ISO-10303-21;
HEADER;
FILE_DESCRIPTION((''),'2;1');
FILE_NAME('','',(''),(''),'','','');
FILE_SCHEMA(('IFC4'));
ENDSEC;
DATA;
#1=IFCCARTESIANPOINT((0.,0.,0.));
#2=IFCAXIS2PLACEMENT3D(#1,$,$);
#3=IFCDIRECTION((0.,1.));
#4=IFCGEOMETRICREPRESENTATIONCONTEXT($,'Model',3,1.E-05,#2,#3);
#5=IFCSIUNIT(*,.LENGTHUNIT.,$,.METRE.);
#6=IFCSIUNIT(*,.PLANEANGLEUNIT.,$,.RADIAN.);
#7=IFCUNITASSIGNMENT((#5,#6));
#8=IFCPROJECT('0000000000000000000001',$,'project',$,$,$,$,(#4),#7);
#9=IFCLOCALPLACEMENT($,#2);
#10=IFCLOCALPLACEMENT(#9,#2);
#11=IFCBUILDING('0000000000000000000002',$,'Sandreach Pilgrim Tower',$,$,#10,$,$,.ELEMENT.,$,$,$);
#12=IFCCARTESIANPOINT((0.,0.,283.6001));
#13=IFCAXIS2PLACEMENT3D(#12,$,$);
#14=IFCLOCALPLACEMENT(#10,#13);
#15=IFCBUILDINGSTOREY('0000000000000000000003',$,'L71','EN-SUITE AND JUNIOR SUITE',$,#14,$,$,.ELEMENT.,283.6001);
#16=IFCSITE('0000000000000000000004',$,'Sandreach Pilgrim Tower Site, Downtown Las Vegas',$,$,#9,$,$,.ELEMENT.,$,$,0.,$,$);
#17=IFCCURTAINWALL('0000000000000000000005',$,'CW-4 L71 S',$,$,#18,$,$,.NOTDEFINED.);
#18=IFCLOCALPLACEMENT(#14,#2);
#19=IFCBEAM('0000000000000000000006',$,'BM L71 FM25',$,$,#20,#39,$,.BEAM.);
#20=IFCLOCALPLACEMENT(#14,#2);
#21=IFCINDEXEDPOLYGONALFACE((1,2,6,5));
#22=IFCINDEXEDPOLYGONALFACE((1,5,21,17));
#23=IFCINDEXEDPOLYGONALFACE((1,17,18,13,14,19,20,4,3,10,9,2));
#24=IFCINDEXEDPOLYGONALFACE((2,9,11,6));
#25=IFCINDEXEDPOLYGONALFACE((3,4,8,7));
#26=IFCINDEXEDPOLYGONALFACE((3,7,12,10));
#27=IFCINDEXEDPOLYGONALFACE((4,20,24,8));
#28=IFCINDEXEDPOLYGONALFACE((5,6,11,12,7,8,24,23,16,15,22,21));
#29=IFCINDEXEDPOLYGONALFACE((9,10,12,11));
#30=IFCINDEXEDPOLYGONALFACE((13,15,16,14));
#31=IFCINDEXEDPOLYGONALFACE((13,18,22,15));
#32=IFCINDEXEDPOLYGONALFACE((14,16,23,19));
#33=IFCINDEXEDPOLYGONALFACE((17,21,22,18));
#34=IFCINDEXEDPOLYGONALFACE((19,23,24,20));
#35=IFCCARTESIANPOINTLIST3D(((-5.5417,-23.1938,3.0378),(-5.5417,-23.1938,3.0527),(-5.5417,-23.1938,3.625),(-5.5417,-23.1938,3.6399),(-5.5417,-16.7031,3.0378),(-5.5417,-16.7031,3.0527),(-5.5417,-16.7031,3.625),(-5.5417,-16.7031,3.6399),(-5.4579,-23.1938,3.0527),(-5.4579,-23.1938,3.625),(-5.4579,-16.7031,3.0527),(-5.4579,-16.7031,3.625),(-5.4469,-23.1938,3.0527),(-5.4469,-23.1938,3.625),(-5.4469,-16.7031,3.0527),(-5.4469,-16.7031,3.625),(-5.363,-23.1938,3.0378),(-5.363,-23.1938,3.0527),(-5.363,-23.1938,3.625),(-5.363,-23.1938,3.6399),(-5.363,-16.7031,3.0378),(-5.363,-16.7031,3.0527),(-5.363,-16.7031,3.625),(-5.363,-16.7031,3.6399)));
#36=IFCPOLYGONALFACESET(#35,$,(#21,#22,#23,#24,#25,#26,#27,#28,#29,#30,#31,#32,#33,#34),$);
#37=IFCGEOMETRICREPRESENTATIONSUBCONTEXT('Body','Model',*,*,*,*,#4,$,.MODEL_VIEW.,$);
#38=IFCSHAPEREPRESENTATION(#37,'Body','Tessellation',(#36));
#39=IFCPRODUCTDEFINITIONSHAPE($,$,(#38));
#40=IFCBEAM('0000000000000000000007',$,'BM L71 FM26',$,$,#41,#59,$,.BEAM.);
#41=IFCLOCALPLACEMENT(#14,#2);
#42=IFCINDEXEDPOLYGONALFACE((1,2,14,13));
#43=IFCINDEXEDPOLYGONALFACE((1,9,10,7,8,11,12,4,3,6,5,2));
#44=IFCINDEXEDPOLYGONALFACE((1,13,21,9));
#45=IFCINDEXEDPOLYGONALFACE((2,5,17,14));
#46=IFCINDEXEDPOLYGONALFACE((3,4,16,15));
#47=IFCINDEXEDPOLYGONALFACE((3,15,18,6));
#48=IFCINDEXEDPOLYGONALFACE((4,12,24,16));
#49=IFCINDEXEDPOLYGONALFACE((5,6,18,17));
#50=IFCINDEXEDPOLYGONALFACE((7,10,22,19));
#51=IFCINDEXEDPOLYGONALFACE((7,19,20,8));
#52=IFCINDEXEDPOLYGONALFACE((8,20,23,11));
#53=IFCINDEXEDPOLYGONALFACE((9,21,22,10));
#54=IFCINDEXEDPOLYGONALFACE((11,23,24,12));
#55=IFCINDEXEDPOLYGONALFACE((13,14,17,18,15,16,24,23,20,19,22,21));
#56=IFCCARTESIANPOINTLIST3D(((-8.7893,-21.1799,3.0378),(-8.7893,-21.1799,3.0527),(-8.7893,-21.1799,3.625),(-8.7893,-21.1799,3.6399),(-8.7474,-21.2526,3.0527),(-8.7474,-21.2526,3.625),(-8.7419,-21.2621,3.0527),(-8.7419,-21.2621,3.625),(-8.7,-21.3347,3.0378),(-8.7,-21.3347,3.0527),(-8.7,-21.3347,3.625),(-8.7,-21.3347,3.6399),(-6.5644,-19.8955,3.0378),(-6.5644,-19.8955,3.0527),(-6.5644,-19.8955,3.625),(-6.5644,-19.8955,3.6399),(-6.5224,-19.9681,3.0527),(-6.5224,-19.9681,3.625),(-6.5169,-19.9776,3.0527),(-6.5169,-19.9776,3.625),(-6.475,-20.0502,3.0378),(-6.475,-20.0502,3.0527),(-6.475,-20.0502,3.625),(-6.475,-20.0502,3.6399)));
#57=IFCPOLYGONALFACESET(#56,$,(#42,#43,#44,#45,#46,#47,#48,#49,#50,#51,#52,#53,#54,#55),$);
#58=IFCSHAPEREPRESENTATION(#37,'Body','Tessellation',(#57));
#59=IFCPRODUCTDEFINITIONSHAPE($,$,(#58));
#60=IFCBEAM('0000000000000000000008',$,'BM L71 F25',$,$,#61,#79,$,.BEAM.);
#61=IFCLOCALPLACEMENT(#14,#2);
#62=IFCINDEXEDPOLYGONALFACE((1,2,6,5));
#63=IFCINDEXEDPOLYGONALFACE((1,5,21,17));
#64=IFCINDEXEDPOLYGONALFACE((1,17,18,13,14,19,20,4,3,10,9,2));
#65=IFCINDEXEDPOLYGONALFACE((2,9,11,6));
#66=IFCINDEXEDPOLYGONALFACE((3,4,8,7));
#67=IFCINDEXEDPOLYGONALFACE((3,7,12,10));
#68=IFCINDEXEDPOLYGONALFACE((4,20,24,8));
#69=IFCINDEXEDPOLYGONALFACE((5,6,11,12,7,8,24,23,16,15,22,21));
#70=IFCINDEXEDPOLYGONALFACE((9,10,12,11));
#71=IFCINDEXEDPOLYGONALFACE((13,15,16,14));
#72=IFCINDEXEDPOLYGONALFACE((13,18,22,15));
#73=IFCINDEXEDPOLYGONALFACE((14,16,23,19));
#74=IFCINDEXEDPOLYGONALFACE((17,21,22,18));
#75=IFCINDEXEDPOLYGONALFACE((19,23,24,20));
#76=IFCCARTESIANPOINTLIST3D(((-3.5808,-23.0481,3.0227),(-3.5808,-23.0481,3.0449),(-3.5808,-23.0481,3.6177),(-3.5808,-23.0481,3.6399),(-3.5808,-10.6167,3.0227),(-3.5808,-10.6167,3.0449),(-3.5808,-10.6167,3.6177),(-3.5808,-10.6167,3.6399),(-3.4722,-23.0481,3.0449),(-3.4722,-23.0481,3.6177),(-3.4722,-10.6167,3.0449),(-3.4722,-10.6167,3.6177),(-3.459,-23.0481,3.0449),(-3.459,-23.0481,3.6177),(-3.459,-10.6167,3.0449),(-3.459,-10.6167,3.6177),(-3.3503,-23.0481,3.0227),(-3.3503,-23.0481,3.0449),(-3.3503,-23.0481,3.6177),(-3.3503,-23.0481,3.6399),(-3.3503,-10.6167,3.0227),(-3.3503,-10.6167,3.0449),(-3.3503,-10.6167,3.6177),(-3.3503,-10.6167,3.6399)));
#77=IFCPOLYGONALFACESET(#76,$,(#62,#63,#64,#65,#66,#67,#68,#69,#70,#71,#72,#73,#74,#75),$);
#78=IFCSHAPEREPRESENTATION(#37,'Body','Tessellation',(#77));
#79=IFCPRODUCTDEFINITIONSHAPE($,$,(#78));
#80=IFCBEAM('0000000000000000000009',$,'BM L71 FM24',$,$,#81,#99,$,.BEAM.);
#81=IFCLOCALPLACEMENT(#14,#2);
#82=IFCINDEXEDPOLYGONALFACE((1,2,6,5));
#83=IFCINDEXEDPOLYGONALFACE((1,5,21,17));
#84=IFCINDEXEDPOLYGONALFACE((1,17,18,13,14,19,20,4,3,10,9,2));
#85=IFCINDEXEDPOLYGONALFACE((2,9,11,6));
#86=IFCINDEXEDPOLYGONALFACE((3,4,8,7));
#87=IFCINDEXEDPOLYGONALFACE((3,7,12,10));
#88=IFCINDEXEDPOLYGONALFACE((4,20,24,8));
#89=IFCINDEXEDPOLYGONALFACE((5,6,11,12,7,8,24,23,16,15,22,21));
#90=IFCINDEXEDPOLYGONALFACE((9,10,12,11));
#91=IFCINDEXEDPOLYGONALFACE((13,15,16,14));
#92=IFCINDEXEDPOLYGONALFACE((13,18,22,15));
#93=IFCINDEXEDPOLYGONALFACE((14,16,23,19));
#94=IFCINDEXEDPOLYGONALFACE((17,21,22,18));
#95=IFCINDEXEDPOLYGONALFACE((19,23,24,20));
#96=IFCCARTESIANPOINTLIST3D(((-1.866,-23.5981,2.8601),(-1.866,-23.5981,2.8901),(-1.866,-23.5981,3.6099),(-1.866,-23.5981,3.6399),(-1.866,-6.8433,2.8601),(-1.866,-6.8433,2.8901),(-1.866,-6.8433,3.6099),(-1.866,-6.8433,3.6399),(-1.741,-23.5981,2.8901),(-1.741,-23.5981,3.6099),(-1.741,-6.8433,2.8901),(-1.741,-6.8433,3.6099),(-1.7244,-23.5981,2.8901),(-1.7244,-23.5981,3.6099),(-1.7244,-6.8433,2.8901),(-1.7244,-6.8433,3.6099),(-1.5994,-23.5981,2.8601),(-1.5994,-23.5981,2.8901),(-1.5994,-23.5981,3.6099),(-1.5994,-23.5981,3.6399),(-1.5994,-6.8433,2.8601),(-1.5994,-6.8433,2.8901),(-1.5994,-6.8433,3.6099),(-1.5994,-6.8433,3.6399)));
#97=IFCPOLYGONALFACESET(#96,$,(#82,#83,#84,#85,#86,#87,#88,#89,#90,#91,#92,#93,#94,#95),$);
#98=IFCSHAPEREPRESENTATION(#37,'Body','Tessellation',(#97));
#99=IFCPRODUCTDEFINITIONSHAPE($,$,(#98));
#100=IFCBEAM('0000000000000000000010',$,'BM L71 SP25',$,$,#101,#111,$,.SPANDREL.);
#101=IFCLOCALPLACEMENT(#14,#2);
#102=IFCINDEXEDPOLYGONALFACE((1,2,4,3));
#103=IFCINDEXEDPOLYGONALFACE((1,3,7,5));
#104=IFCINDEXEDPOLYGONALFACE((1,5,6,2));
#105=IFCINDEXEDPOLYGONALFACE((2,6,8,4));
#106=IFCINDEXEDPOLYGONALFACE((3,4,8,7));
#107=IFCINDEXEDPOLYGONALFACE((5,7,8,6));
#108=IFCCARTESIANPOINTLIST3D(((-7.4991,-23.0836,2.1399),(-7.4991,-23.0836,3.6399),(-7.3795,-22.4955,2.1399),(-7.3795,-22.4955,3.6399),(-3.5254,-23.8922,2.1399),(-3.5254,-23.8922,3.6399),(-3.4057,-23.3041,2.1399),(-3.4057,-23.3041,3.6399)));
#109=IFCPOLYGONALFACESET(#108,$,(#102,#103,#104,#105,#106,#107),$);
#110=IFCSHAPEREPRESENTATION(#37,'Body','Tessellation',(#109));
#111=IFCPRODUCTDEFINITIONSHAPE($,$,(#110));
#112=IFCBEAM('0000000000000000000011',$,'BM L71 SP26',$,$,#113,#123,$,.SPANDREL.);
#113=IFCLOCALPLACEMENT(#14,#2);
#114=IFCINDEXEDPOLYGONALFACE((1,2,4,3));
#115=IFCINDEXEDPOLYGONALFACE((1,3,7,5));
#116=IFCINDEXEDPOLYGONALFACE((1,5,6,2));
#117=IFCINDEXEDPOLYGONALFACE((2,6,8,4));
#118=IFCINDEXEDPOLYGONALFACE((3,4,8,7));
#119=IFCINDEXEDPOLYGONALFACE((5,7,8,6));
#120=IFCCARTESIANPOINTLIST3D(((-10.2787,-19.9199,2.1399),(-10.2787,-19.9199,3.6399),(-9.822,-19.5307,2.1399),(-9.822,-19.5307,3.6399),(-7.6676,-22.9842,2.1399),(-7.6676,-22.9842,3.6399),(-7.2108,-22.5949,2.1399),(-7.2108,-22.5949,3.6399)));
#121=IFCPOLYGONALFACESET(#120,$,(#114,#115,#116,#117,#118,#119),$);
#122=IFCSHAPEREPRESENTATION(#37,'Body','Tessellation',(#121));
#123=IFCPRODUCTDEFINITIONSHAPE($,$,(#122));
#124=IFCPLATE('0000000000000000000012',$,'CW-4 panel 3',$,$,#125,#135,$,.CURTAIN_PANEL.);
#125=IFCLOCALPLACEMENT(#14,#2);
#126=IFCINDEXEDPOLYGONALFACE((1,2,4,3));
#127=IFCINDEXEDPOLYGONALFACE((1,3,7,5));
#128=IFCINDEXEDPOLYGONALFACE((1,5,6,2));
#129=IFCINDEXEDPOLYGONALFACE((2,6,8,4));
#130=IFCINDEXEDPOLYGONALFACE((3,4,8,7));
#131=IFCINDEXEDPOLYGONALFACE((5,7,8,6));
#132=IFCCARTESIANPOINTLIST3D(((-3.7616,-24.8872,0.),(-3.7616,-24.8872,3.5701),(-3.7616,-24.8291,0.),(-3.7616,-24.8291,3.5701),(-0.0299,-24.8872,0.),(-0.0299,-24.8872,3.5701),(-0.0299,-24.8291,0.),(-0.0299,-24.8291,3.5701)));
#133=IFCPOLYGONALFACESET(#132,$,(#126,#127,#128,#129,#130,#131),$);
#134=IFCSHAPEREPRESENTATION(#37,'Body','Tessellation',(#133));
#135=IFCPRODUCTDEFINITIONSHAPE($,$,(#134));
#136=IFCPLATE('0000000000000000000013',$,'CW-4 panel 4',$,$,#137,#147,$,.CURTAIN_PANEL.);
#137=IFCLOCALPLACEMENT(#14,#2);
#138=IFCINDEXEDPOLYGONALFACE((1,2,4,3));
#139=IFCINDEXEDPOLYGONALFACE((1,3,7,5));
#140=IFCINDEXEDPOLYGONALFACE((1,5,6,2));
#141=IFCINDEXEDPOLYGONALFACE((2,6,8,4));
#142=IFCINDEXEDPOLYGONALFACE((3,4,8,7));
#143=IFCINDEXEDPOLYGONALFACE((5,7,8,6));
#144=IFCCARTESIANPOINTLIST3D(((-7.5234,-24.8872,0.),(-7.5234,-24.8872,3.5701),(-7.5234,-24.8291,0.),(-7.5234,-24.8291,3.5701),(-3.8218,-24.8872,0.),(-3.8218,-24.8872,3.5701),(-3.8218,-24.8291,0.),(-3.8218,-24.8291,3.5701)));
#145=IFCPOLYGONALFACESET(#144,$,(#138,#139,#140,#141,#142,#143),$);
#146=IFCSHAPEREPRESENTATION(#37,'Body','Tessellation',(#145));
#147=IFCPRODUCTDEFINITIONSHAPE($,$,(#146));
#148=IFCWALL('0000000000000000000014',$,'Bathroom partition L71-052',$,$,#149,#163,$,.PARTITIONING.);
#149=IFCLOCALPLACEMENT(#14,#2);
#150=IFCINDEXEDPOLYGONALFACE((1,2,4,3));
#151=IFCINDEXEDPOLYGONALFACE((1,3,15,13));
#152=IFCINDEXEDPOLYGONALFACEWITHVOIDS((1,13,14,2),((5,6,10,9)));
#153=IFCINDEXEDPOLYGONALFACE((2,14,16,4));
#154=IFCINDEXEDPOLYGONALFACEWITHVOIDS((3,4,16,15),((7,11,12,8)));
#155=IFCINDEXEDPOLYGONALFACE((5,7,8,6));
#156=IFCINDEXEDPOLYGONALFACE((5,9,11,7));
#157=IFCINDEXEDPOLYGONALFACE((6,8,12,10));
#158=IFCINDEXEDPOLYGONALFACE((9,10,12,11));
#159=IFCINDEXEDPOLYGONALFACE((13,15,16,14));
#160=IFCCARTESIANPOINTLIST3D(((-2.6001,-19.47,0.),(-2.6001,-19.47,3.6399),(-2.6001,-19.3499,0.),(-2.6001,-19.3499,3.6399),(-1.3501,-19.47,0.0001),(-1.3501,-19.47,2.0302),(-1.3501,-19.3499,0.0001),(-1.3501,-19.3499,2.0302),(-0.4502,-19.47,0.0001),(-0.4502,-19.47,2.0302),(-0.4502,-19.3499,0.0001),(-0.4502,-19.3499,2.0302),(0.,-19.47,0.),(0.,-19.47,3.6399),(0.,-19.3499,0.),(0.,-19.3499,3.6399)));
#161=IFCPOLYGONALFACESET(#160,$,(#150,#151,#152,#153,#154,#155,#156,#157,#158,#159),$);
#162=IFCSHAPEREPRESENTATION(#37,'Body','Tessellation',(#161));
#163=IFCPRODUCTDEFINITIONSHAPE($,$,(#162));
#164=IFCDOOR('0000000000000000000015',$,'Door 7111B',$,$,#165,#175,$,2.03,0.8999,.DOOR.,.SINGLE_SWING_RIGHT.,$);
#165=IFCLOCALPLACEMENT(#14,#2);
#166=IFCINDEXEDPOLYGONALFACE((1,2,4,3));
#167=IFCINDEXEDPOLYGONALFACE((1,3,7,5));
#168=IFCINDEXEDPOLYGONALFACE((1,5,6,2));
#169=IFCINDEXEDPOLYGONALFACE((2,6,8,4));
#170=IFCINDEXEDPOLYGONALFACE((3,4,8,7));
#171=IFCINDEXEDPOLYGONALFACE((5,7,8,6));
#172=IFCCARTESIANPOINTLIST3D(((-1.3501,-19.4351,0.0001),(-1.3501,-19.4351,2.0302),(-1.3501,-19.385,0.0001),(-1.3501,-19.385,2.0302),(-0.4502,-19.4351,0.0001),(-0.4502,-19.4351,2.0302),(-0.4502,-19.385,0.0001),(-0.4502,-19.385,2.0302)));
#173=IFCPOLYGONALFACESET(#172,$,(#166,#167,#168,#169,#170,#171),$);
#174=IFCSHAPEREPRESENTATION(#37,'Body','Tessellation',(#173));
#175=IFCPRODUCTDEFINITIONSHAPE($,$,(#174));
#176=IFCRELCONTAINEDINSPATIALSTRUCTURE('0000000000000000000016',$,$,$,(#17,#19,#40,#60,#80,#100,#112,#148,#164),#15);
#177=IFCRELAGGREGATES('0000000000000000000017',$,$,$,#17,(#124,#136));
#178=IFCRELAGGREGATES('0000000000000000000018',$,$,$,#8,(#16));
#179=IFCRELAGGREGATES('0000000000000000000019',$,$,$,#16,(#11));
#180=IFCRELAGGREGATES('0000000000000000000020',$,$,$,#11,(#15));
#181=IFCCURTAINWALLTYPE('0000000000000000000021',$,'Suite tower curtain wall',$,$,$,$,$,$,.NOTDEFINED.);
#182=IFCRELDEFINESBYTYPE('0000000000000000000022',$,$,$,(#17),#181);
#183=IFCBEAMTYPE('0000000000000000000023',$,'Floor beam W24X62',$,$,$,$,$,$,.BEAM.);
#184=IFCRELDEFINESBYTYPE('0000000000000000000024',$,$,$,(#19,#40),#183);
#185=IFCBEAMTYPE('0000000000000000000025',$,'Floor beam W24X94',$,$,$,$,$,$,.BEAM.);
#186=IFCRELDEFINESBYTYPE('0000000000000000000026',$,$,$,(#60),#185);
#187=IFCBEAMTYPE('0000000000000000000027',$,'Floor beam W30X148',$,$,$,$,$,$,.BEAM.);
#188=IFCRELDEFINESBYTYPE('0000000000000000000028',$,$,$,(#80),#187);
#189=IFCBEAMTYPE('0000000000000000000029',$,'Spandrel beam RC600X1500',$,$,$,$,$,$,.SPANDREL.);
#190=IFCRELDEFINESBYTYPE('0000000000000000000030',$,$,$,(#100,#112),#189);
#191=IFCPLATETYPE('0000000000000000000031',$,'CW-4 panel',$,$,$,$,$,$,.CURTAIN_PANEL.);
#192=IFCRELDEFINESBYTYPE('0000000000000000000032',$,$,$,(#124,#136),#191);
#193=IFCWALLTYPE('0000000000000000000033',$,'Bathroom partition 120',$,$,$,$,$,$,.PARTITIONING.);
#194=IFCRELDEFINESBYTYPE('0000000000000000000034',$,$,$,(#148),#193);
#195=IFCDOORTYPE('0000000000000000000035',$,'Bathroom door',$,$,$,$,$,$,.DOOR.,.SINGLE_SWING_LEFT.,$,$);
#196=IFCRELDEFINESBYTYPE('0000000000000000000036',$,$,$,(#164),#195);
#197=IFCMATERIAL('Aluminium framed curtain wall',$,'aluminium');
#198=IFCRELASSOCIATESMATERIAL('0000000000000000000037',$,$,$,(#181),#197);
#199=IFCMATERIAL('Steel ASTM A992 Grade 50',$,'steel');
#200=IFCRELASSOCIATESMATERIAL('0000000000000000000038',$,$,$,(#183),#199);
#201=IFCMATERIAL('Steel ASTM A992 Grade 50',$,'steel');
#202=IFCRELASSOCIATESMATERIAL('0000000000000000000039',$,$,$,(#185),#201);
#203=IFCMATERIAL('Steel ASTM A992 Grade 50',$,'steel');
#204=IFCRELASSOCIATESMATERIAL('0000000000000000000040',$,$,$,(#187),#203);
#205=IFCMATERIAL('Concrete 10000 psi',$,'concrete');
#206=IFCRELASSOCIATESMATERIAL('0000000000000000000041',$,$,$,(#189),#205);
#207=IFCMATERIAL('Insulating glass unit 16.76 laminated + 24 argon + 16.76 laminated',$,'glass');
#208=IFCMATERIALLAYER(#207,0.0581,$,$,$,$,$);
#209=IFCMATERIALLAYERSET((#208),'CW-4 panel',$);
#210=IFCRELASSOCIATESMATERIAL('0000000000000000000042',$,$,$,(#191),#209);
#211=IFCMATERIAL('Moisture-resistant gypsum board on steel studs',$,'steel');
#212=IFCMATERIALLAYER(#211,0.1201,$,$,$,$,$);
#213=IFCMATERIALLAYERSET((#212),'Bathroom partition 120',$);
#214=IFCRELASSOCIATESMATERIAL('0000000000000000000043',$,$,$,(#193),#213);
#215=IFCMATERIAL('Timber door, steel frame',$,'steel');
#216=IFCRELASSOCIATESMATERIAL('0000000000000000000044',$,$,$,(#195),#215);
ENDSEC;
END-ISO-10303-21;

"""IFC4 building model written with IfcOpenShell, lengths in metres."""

from ifc_helpers import new_model, si_unit, direction, frame, frame_2d, origin, origin_2d, place, context, subcontext, project, spatial, rectangle, i_section, extrude, material, layer, layer_set, material_profile, profile_set, type_object, element, fill, aggregate, save


model = new_model("IFC4")

# Units and contexts
model_context = context("Model", 3, precision=1e-05, world=origin(), true_north=direction((0.0, 1.0)))
body_context = subcontext(model_context, "Body", "Model", "MODEL_VIEW")
ifc_project = project(units=[si_unit("LENGTHUNIT", "METRE"), si_unit("PLANEANGLEUNIT", "RADIAN")], contexts=[model_context])

# Site, building, storey
site_placement = place(None, origin())
site = spatial("IfcSite", under=ifc_project, at=site_placement, Name="Sandreach Pilgrim Tower Site, Downtown Las Vegas", CompositionType="ELEMENT", RefElevation=0.0)
building_placement = place(site_placement, origin())
building = spatial("IfcBuilding", under=site, at=building_placement, Name="Sandreach Pilgrim Tower", CompositionType="ELEMENT")
storey_placement = place(building_placement, frame((0.0, 0.0, 283.6001)))
storey = spatial("IfcBuildingStorey", under=building, at=storey_placement, Name="L71", Description="EN-SUITE AND JUNIOR SUITE", CompositionType="ELEMENT", Elevation=283.6001)

# Curtain wall
ifc_material_1 = material(Name="Aluminium framed curtain wall", Category="aluminium")
curtain_wall_type = type_object("IfcCurtainWallType", Name="Suite tower curtain wall", PredefinedType="NOTDEFINED", material=ifc_material_1)
curtain_wall_1_placement = place(storey_placement, origin())
curtain_wall_1 = element("IfcCurtainWall", 1, at=curtain_wall_1_placement, inside=storey, type_object=curtain_wall_type, Name="CW-4 L71 S", PredefinedType="NOTDEFINED")

# Beams
ifc_material_2 = material(Name="Steel ASTM A992 Grade 50", Category="steel")
ifc_material_profile_1 = material_profile(ifc_material_2, i_section(OverallWidth=0.1787, OverallDepth=0.6021, WebThickness=0.011, FlangeThickness=0.0149, at=origin_2d()), Name="W24X62")
ifc_profile_set_1 = profile_set([ifc_material_profile_1], Name="Steel ASTM A992 Grade 50")
beam_type_1 = type_object("IfcBeamType", Name="Floor beam W24X62", PredefinedType="BEAM", material=ifc_profile_set_1)
beam_1_placement = place(storey_placement, frame((-5.4524, -23.1938, 3.3389), z_axis=(0.0, 1.0, 0.0), x_axis=(-1.0, 0.0, 0.0)))
element("IfcBeam", 2, at=beam_1_placement, inside=storey, type_object=beam_type_1, Name="BM L71 FM25", PredefinedType="BEAM", context=body_context, shape_type="SweptSolid", body=[
    extrude(i_section(OverallWidth=0.1787, OverallDepth=0.6021, WebThickness=0.011, FlangeThickness=0.0149, at=origin_2d()), origin(), (0.0, 0.0, 1.0), 6.4907),
])
beam_2_placement = place(storey_placement, frame((-8.7446, -21.2573, 3.3389), z_axis=(0.866042, 0.499972, 0.0), x_axis=(-0.499972, 0.866042, 0.0)))
element("IfcBeam", 3, at=beam_2_placement, inside=storey, type_object=beam_type_1, Name="BM L71 FM26", PredefinedType="BEAM", context=body_context, shape_type="SweptSolid", body=[
    extrude(i_section(OverallWidth=0.1787, OverallDepth=0.6021, WebThickness=0.011, FlangeThickness=0.0149, at=origin_2d()), origin(), (0.0, 0.0, 1.0), 2.5691),
])
ifc_material_3 = material(Name="Steel ASTM A992 Grade 50", Category="steel")
ifc_material_profile_2 = material_profile(ifc_material_3, i_section(OverallWidth=0.2305, OverallDepth=0.6172, WebThickness=0.0132, FlangeThickness=0.0222, at=origin_2d()), Name="W24X94")
ifc_profile_set_2 = profile_set([ifc_material_profile_2], Name="Steel ASTM A992 Grade 50")
beam_type_2 = type_object("IfcBeamType", Name="Floor beam W24X94", PredefinedType="BEAM", material=ifc_profile_set_2)
beam_3_placement = place(storey_placement, frame((-3.4656, -23.0481, 3.3313), z_axis=(0.0, 1.0, 0.0), x_axis=(-1.0, 0.0, 0.0)))
element("IfcBeam", 4, at=beam_3_placement, inside=storey, type_object=beam_type_2, Name="BM L71 F25", PredefinedType="BEAM", context=body_context, shape_type="SweptSolid", body=[
    extrude(i_section(OverallWidth=0.2305, OverallDepth=0.6172, WebThickness=0.0132, FlangeThickness=0.0222, at=origin_2d()), origin(), (0.0, 0.0, 1.0), 12.4314),
])
ifc_material_4 = material(Name="Steel ASTM A992 Grade 50", Category="steel")
ifc_material_profile_3 = material_profile(ifc_material_4, i_section(OverallWidth=0.2666, OverallDepth=0.7798, WebThickness=0.0166, FlangeThickness=0.03, at=origin_2d()), Name="W30X148")
ifc_profile_set_3 = profile_set([ifc_material_profile_3], Name="Steel ASTM A992 Grade 50")
beam_type_3 = type_object("IfcBeamType", Name="Floor beam W30X148", PredefinedType="BEAM", material=ifc_profile_set_3)
beam_4_placement = place(storey_placement, frame((-1.7327, -23.5981, 3.25), z_axis=(0.0, 1.0, 0.0), x_axis=(-1.0, 0.0, 0.0)))
element("IfcBeam", 5, at=beam_4_placement, inside=storey, type_object=beam_type_3, Name="BM L71 FM24", PredefinedType="BEAM", context=body_context, shape_type="SweptSolid", body=[
    extrude(i_section(OverallWidth=0.2666, OverallDepth=0.7798, WebThickness=0.0166, FlangeThickness=0.03, at=origin_2d()), origin(), (0.0, 0.0, 1.0), 16.7549),
])
ifc_material_5 = material(Name="Concrete 10000 psi", Category="concrete")
ifc_material_profile_4 = material_profile(ifc_material_5, rectangle(XDim=0.6001, YDim=1.5, at=origin_2d()), Name="RC600X1500")
ifc_profile_set_4 = profile_set([ifc_material_profile_4], Name="Concrete 10000 psi")
beam_type_4 = type_object("IfcBeamType", Name="Spandrel beam RC600X1500", PredefinedType="SPANDREL", material=ifc_profile_set_4)
beam_5_placement = place(storey_placement, frame((-3.4656, -23.5981, 2.8899), z_axis=(-0.979918, 0.199403, 0.0), x_axis=(-0.199403, -0.979918, 0.0)))
element("IfcBeam", 6, at=beam_5_placement, inside=storey, type_object=beam_type_4, Name="BM L71 SP25", PredefinedType="SPANDREL", context=body_context, shape_type="SweptSolid", body=[
    extrude(rectangle(XDim=0.6001, YDim=1.5, at=origin_2d()), origin(), (0.0, 0.0, 1.0), 4.0552),
])
beam_6_placement = place(storey_placement, frame((-7.4392, -22.7896, 2.8899), z_axis=(-0.648586, 0.761141, 0.0), x_axis=(-0.761141, -0.648586, 0.0)))
element("IfcBeam", 7, at=beam_6_placement, inside=storey, type_object=beam_type_4, Name="BM L71 SP26", PredefinedType="SPANDREL", context=body_context, shape_type="SweptSolid", body=[
    extrude(rectangle(XDim=0.6001, YDim=1.5, at=origin_2d()), origin(), (0.0, 0.0, 1.0), 4.0259),
])

# Plates
ifc_material_6 = material(Name="Insulating glass unit 16.76 laminated + 24 argon + 16.76 laminated", Category="glass")
ifc_layer_1 = layer(ifc_material_6, 0.0581)
ifc_layer_set_1 = layer_set([ifc_layer_1], Name="CW-4 panel")
plate_type = type_object("IfcPlateType", Name="CW-4 panel", PredefinedType="CURTAIN_PANEL", material=ifc_layer_set_1)
plate_1_placement = place(storey_placement, frame((-1.8958, -24.8582, 0.0), z_axis=(0.0, 0.0, 1.0), x_axis=(-1.0, 0.0, 0.0)))
plate_1 = element("IfcPlate", 8, at=plate_1_placement, type_object=plate_type, Name="CW-4 panel 3", PredefinedType="CURTAIN_PANEL", context=body_context, shape_type="SweptSolid", body=[
    extrude(rectangle(XDim=3.7317, YDim=0.0581, at=origin_2d()), origin(), (0.0, 0.0, 1.0), 3.5701),
])
plate_2_placement = place(storey_placement, frame((-5.6726, -24.8582, 0.0), z_axis=(0.0, 0.0, 1.0), x_axis=(-1.0, 0.0, 0.0)))
plate_2 = element("IfcPlate", 9, at=plate_2_placement, type_object=plate_type, Name="CW-4 panel 4", PredefinedType="CURTAIN_PANEL", context=body_context, shape_type="SweptSolid", body=[
    extrude(rectangle(XDim=3.7017, YDim=0.0581, at=origin_2d()), origin(), (0.0, 0.0, 1.0), 3.5701),
])
aggregate(curtain_wall_1, [plate_1, plate_2])

# Wall, opening, door
ifc_material_7 = material(Name="Moisture-resistant gypsum board on steel studs", Category="steel")
ifc_layer_2 = layer(ifc_material_7, 0.1201)
ifc_layer_set_2 = layer_set([ifc_layer_2], Name="Bathroom partition 120")
wall_type_1 = type_object("IfcWallType", Name="Bathroom partition 120", PredefinedType="PARTITIONING", material=ifc_layer_set_2)
wall_1_placement = place(storey_placement, frame((-2.6001, -19.4099, 0.0), z_axis=(0.0, 0.0, 1.0), x_axis=(1.0, 0.0, 0.0)))
wall_1 = element("IfcWall", 10, at=wall_1_placement, inside=storey, type_object=wall_type_1, Name="Bathroom partition L71-052", PredefinedType="PARTITIONING", context=body_context, shape_type="SweptSolid", body=[
    extrude(rectangle(XDim=2.6001, YDim=0.1201, at=frame_2d((1.3, 0.0))), origin(), (0.0, 0.0, 1.0), 3.6399),
])
opening_1_placement = place(wall_1_placement, frame((1.25, 0.0, 0.0)))
opening_1 = element("IfcOpeningElement", 11, at=opening_1_placement, cuts=wall_1, PredefinedType="OPENING", context=body_context, shape_type="SweptSolid", body=[
    extrude(rectangle(XDim=0.8999, YDim=2.03, at=frame_2d((0.45, 1.0151))), frame((0.0, 0.0601, 0.0), z_axis=(0.0, -1.0, 0.0), x_axis=(1.0, 0.0, 0.0)), (0.0, 0.0, 1.0), 0.1201),
])
ifc_material_8 = material(Name="Timber door, steel frame", Category="steel")
door_type_1 = type_object("IfcDoorType", Name="Bathroom door", OperationType="SINGLE_SWING_LEFT", PredefinedType="DOOR", material=ifc_material_8)
door_1_placement = place(opening_1_placement, origin())
door_1 = element("IfcDoor", 12, at=door_1_placement, inside=storey, type_object=door_type_1, Name="Door 7111B", OperationType="SINGLE_SWING_RIGHT", OverallHeight=2.03, OverallWidth=0.8999, PredefinedType="DOOR", context=body_context, shape_type="SweptSolid", body=[
    extrude(rectangle(XDim=0.8999, YDim=2.03, at=frame_2d((0.45, 1.0151))), frame((0.0, 0.0249, 0.0), z_axis=(0.0, -1.0, 0.0), x_axis=(1.0, 0.0, 0.0)), (0.0, 0.0, 1.0), 0.05),
])
fill(opening_1, door_1)

save(model, "model.ifc")
